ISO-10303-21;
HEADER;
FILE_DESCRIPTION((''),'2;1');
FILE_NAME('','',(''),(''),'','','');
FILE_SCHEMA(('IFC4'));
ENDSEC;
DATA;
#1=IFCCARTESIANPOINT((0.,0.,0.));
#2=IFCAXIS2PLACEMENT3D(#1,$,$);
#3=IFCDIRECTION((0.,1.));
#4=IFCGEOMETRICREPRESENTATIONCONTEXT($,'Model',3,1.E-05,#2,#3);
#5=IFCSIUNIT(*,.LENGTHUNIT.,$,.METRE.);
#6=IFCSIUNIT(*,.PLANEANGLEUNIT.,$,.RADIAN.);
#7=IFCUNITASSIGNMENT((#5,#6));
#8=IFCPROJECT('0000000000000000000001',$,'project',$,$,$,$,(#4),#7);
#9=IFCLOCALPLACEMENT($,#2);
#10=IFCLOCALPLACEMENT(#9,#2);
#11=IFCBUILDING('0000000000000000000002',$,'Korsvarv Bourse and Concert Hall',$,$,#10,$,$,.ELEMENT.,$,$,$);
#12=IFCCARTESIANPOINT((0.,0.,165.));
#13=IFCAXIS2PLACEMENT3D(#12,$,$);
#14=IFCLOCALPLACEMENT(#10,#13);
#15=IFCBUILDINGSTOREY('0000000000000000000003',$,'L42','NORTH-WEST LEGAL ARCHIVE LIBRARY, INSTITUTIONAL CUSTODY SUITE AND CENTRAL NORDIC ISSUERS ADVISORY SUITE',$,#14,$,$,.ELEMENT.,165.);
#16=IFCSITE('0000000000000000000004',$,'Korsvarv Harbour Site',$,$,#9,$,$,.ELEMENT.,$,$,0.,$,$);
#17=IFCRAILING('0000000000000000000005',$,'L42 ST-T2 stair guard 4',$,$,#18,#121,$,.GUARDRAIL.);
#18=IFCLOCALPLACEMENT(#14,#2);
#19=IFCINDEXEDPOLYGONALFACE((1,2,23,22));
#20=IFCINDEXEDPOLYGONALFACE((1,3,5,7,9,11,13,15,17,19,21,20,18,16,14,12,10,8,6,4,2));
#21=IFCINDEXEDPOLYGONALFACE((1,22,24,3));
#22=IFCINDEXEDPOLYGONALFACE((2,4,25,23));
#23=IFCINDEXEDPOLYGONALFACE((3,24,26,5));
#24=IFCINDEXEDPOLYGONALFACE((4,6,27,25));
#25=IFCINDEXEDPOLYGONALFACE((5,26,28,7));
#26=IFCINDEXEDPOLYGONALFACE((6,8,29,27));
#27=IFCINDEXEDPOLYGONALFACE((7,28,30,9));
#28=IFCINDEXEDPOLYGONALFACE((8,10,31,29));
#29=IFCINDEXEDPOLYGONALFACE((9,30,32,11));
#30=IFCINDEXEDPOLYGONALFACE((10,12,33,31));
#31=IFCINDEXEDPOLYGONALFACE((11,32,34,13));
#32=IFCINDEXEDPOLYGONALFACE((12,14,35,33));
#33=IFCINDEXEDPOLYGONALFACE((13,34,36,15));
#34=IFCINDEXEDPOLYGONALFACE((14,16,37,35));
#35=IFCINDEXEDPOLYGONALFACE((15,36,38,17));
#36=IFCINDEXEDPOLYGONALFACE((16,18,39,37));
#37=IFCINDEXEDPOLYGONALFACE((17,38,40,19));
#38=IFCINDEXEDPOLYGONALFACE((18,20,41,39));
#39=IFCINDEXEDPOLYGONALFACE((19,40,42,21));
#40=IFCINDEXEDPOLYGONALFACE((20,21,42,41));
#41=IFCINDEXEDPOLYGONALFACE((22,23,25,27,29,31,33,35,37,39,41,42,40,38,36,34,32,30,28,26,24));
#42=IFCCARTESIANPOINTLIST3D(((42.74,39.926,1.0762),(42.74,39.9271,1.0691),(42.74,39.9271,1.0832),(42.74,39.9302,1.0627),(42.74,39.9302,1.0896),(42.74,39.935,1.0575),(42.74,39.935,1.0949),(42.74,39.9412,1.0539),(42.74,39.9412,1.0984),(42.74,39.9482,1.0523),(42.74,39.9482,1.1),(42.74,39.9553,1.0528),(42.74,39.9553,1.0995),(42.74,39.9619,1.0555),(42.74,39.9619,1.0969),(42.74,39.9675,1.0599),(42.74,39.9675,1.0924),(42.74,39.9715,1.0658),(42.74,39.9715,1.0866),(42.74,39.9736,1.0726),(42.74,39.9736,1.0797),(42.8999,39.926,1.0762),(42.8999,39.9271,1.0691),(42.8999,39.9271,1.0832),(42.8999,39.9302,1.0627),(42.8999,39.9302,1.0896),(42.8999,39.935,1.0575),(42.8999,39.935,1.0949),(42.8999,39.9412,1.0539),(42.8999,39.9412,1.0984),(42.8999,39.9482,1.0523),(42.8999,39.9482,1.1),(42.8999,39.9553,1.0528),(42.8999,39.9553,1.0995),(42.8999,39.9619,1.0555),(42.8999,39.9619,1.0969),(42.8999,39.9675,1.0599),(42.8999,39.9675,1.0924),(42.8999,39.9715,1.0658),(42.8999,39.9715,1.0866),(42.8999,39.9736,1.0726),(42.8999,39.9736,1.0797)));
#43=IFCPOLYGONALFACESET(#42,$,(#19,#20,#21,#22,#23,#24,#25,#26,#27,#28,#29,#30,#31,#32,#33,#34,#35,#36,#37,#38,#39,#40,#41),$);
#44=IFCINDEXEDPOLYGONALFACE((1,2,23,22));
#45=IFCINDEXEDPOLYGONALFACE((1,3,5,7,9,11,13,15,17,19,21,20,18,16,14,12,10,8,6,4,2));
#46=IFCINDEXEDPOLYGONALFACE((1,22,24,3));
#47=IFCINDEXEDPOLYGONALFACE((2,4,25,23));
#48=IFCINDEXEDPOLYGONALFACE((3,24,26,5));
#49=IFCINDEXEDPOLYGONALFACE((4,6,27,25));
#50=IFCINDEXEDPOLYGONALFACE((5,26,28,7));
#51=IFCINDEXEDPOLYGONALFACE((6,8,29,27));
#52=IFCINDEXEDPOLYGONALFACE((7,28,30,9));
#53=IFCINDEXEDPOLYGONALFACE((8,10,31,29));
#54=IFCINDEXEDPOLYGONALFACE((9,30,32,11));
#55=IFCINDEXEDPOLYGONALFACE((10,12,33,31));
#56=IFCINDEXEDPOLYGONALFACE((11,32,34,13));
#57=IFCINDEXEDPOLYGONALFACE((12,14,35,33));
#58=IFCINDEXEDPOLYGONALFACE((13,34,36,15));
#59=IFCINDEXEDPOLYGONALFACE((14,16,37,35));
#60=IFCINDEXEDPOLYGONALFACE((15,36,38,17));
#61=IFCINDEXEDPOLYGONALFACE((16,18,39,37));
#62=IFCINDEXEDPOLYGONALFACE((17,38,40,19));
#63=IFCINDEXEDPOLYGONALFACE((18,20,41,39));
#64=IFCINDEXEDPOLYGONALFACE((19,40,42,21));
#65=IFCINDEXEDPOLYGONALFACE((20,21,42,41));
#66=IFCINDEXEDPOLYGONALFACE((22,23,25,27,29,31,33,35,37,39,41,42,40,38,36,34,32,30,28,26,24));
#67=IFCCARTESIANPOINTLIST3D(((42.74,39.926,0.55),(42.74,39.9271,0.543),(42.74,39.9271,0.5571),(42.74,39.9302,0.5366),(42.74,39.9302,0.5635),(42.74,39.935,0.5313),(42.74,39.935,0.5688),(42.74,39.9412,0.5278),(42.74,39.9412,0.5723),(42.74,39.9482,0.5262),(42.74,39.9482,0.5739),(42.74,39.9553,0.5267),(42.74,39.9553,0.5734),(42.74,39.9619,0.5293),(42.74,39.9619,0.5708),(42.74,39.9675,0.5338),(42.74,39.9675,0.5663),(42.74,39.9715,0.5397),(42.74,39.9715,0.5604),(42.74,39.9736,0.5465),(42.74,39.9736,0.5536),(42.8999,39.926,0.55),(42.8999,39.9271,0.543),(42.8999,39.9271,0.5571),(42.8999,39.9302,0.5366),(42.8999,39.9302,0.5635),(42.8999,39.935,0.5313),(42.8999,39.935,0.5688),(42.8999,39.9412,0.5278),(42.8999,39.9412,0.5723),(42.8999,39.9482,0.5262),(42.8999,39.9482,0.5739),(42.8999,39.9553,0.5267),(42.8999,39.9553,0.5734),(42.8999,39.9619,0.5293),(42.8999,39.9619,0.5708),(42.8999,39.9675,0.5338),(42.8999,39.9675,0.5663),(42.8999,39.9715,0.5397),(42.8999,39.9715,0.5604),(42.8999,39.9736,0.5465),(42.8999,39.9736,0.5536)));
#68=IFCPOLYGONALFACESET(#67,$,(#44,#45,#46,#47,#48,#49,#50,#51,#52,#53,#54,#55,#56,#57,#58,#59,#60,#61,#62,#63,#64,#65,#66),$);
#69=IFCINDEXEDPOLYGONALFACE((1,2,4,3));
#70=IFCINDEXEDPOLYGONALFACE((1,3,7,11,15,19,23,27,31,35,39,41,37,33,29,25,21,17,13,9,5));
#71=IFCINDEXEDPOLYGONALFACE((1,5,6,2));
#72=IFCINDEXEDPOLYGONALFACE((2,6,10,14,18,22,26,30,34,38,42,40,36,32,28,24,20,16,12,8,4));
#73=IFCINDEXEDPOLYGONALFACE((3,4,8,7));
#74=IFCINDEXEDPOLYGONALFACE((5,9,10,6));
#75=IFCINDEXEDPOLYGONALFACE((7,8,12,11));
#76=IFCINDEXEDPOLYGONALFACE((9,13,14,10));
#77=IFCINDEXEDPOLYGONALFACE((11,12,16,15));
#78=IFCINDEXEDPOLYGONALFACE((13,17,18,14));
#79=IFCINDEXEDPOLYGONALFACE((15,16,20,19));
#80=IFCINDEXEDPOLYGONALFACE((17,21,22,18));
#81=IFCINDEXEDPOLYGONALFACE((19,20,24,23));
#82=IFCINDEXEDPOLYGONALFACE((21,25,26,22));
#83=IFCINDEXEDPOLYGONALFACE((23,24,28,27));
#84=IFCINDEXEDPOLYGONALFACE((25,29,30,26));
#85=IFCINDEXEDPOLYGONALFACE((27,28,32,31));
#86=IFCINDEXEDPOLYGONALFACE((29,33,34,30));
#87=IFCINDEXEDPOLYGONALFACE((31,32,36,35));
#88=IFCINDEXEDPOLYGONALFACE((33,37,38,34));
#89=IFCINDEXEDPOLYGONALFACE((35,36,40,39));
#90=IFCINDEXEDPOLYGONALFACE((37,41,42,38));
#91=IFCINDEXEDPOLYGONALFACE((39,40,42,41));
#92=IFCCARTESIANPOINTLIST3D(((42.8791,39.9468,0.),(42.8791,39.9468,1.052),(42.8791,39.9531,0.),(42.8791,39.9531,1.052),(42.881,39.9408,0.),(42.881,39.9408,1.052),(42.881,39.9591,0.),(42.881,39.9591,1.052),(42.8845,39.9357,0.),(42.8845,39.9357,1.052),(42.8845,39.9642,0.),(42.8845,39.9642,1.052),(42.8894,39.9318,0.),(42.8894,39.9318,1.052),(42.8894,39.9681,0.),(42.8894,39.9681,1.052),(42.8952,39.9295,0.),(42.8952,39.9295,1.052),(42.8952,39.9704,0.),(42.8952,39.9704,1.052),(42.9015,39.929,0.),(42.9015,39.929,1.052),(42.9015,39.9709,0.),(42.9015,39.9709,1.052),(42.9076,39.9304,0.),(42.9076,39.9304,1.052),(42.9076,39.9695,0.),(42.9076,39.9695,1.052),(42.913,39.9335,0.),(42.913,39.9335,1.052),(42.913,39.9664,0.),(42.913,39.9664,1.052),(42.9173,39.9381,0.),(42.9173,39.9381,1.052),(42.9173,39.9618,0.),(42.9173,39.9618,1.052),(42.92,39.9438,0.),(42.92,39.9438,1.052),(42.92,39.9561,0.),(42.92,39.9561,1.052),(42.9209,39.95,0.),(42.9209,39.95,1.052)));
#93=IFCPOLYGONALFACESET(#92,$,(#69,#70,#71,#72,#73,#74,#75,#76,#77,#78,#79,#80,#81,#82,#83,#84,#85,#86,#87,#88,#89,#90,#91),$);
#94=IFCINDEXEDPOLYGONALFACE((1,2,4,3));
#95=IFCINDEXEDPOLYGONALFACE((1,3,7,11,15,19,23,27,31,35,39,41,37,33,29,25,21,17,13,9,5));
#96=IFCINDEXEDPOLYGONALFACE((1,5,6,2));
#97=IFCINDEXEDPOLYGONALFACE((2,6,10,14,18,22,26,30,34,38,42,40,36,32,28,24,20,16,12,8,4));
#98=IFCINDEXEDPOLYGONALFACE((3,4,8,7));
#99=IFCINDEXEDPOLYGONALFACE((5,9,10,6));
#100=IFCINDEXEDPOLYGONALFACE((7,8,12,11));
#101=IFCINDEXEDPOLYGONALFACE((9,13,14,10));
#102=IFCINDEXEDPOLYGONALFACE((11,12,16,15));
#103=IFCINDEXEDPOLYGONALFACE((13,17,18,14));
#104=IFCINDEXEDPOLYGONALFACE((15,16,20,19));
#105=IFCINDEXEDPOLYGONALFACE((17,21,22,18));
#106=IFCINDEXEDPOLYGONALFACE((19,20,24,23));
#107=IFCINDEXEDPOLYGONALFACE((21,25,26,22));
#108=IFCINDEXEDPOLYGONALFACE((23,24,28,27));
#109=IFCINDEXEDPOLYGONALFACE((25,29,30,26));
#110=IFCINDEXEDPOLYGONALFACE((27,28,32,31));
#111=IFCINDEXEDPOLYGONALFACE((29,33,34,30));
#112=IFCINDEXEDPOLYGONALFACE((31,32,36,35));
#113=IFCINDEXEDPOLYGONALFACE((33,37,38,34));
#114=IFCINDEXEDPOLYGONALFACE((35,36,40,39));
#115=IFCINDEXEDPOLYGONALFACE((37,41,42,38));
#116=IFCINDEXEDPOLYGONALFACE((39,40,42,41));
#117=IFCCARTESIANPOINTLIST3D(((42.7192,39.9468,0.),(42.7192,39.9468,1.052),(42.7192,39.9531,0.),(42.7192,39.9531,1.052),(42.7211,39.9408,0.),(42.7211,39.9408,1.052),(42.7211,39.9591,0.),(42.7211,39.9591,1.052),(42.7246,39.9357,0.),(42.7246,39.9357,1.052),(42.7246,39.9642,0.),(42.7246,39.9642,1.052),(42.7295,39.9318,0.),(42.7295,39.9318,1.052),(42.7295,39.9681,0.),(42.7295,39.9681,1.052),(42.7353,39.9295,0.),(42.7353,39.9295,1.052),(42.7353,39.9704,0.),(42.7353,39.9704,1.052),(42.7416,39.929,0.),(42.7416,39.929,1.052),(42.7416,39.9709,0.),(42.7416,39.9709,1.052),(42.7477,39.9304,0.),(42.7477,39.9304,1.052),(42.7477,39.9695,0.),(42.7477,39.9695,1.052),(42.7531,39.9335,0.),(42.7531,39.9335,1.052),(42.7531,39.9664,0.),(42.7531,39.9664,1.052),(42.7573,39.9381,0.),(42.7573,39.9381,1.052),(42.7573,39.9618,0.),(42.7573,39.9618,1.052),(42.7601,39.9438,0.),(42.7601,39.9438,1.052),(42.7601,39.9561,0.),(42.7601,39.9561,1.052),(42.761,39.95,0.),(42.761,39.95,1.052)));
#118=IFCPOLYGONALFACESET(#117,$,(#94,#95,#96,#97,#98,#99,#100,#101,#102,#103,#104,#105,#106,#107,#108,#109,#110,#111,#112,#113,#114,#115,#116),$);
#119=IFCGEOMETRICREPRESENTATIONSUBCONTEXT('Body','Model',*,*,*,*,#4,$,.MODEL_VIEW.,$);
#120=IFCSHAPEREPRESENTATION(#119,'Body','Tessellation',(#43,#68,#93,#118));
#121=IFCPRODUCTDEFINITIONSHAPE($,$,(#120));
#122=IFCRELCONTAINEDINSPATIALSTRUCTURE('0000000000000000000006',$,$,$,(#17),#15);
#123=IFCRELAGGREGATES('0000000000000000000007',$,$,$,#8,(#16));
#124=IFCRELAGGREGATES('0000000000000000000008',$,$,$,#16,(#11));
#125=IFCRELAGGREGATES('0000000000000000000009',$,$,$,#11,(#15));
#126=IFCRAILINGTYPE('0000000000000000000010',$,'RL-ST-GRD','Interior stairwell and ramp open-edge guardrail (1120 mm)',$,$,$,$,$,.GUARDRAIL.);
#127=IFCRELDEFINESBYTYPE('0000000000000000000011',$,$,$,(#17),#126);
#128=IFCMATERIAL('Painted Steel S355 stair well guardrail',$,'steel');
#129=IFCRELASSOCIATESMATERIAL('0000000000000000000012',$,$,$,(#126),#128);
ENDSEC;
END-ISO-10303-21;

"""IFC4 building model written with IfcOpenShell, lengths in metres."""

from ifc_helpers import new_model, si_unit, direction, frame, origin, origin_2d, place, context, subcontext, project, spatial, circle, extrude, material, type_object, element, save


model = new_model("IFC4")

# Units and contexts
model_context = context("Model", 3, precision=1e-05, world=origin(), true_north=direction((0.0, 1.0)))
body_context = subcontext(model_context, "Body", "Model", "MODEL_VIEW")
ifc_project = project(units=[si_unit("LENGTHUNIT", "METRE"), si_unit("PLANEANGLEUNIT", "RADIAN")], contexts=[model_context])

# Site, building, storey
site_placement = place(None, origin())
site = spatial("IfcSite", under=ifc_project, at=site_placement, Name="Korsvarv Harbour Site", CompositionType="ELEMENT", RefElevation=0.0)
building_placement = place(site_placement, origin())
building = spatial("IfcBuilding", under=site, at=building_placement, Name="Korsvarv Bourse and Concert Hall", CompositionType="ELEMENT")
storey_placement = place(building_placement, frame((0.0, 0.0, 165.0)))
storey = spatial("IfcBuildingStorey", under=building, at=storey_placement, Name="L42", Description="NORTH-WEST LEGAL ARCHIVE LIBRARY, INSTITUTIONAL CUSTODY SUITE AND CENTRAL NORDIC ISSUERS ADVISORY SUITE", CompositionType="ELEMENT", Elevation=165.0)

# Railing
ifc_material_1 = material(Name="Painted Steel S355 stair well guardrail", Category="steel")
railing_type = type_object("IfcRailingType", Name="RL-ST-GRD", Description="Interior stairwell and ramp open-edge guardrail (1120 mm)", PredefinedType="GUARDRAIL", material=ifc_material_1)
railing_1_placement = place(storey_placement, frame((42.8999, 39.95, 0.0)))
element("IfcRailing", 1, at=railing_1_placement, inside=storey, type_object=railing_type, Name="L42 ST-T2 stair guard 4", PredefinedType="GUARDRAIL", context=body_context, shape_type="SweptSolid", body=[
    extrude(circle(Radius=0.0239, at=origin_2d()), frame((0.0, 0.0, 1.0762), z_axis=(-1.0, 0.0, 0.0), x_axis=(0.0, -1.0, 0.0)), (0.0, 0.0, 1.0), 0.1599),
    extrude(circle(Radius=0.0239, at=origin_2d()), frame((0.0, 0.0, 0.55), z_axis=(-1.0, 0.0, 0.0), x_axis=(0.0, -1.0, 0.0)), (0.0, 0.0, 1.0), 0.1599),
    extrude(circle(Radius=0.021, at=origin_2d()), origin(), (0.0, 0.0, 1.0), 1.052),
    extrude(circle(Radius=0.021, at=origin_2d()), frame((-0.1599, 0.0, 0.0)), (0.0, 0.0, 1.0), 1.052),
])

save(model, "model.ifc")
